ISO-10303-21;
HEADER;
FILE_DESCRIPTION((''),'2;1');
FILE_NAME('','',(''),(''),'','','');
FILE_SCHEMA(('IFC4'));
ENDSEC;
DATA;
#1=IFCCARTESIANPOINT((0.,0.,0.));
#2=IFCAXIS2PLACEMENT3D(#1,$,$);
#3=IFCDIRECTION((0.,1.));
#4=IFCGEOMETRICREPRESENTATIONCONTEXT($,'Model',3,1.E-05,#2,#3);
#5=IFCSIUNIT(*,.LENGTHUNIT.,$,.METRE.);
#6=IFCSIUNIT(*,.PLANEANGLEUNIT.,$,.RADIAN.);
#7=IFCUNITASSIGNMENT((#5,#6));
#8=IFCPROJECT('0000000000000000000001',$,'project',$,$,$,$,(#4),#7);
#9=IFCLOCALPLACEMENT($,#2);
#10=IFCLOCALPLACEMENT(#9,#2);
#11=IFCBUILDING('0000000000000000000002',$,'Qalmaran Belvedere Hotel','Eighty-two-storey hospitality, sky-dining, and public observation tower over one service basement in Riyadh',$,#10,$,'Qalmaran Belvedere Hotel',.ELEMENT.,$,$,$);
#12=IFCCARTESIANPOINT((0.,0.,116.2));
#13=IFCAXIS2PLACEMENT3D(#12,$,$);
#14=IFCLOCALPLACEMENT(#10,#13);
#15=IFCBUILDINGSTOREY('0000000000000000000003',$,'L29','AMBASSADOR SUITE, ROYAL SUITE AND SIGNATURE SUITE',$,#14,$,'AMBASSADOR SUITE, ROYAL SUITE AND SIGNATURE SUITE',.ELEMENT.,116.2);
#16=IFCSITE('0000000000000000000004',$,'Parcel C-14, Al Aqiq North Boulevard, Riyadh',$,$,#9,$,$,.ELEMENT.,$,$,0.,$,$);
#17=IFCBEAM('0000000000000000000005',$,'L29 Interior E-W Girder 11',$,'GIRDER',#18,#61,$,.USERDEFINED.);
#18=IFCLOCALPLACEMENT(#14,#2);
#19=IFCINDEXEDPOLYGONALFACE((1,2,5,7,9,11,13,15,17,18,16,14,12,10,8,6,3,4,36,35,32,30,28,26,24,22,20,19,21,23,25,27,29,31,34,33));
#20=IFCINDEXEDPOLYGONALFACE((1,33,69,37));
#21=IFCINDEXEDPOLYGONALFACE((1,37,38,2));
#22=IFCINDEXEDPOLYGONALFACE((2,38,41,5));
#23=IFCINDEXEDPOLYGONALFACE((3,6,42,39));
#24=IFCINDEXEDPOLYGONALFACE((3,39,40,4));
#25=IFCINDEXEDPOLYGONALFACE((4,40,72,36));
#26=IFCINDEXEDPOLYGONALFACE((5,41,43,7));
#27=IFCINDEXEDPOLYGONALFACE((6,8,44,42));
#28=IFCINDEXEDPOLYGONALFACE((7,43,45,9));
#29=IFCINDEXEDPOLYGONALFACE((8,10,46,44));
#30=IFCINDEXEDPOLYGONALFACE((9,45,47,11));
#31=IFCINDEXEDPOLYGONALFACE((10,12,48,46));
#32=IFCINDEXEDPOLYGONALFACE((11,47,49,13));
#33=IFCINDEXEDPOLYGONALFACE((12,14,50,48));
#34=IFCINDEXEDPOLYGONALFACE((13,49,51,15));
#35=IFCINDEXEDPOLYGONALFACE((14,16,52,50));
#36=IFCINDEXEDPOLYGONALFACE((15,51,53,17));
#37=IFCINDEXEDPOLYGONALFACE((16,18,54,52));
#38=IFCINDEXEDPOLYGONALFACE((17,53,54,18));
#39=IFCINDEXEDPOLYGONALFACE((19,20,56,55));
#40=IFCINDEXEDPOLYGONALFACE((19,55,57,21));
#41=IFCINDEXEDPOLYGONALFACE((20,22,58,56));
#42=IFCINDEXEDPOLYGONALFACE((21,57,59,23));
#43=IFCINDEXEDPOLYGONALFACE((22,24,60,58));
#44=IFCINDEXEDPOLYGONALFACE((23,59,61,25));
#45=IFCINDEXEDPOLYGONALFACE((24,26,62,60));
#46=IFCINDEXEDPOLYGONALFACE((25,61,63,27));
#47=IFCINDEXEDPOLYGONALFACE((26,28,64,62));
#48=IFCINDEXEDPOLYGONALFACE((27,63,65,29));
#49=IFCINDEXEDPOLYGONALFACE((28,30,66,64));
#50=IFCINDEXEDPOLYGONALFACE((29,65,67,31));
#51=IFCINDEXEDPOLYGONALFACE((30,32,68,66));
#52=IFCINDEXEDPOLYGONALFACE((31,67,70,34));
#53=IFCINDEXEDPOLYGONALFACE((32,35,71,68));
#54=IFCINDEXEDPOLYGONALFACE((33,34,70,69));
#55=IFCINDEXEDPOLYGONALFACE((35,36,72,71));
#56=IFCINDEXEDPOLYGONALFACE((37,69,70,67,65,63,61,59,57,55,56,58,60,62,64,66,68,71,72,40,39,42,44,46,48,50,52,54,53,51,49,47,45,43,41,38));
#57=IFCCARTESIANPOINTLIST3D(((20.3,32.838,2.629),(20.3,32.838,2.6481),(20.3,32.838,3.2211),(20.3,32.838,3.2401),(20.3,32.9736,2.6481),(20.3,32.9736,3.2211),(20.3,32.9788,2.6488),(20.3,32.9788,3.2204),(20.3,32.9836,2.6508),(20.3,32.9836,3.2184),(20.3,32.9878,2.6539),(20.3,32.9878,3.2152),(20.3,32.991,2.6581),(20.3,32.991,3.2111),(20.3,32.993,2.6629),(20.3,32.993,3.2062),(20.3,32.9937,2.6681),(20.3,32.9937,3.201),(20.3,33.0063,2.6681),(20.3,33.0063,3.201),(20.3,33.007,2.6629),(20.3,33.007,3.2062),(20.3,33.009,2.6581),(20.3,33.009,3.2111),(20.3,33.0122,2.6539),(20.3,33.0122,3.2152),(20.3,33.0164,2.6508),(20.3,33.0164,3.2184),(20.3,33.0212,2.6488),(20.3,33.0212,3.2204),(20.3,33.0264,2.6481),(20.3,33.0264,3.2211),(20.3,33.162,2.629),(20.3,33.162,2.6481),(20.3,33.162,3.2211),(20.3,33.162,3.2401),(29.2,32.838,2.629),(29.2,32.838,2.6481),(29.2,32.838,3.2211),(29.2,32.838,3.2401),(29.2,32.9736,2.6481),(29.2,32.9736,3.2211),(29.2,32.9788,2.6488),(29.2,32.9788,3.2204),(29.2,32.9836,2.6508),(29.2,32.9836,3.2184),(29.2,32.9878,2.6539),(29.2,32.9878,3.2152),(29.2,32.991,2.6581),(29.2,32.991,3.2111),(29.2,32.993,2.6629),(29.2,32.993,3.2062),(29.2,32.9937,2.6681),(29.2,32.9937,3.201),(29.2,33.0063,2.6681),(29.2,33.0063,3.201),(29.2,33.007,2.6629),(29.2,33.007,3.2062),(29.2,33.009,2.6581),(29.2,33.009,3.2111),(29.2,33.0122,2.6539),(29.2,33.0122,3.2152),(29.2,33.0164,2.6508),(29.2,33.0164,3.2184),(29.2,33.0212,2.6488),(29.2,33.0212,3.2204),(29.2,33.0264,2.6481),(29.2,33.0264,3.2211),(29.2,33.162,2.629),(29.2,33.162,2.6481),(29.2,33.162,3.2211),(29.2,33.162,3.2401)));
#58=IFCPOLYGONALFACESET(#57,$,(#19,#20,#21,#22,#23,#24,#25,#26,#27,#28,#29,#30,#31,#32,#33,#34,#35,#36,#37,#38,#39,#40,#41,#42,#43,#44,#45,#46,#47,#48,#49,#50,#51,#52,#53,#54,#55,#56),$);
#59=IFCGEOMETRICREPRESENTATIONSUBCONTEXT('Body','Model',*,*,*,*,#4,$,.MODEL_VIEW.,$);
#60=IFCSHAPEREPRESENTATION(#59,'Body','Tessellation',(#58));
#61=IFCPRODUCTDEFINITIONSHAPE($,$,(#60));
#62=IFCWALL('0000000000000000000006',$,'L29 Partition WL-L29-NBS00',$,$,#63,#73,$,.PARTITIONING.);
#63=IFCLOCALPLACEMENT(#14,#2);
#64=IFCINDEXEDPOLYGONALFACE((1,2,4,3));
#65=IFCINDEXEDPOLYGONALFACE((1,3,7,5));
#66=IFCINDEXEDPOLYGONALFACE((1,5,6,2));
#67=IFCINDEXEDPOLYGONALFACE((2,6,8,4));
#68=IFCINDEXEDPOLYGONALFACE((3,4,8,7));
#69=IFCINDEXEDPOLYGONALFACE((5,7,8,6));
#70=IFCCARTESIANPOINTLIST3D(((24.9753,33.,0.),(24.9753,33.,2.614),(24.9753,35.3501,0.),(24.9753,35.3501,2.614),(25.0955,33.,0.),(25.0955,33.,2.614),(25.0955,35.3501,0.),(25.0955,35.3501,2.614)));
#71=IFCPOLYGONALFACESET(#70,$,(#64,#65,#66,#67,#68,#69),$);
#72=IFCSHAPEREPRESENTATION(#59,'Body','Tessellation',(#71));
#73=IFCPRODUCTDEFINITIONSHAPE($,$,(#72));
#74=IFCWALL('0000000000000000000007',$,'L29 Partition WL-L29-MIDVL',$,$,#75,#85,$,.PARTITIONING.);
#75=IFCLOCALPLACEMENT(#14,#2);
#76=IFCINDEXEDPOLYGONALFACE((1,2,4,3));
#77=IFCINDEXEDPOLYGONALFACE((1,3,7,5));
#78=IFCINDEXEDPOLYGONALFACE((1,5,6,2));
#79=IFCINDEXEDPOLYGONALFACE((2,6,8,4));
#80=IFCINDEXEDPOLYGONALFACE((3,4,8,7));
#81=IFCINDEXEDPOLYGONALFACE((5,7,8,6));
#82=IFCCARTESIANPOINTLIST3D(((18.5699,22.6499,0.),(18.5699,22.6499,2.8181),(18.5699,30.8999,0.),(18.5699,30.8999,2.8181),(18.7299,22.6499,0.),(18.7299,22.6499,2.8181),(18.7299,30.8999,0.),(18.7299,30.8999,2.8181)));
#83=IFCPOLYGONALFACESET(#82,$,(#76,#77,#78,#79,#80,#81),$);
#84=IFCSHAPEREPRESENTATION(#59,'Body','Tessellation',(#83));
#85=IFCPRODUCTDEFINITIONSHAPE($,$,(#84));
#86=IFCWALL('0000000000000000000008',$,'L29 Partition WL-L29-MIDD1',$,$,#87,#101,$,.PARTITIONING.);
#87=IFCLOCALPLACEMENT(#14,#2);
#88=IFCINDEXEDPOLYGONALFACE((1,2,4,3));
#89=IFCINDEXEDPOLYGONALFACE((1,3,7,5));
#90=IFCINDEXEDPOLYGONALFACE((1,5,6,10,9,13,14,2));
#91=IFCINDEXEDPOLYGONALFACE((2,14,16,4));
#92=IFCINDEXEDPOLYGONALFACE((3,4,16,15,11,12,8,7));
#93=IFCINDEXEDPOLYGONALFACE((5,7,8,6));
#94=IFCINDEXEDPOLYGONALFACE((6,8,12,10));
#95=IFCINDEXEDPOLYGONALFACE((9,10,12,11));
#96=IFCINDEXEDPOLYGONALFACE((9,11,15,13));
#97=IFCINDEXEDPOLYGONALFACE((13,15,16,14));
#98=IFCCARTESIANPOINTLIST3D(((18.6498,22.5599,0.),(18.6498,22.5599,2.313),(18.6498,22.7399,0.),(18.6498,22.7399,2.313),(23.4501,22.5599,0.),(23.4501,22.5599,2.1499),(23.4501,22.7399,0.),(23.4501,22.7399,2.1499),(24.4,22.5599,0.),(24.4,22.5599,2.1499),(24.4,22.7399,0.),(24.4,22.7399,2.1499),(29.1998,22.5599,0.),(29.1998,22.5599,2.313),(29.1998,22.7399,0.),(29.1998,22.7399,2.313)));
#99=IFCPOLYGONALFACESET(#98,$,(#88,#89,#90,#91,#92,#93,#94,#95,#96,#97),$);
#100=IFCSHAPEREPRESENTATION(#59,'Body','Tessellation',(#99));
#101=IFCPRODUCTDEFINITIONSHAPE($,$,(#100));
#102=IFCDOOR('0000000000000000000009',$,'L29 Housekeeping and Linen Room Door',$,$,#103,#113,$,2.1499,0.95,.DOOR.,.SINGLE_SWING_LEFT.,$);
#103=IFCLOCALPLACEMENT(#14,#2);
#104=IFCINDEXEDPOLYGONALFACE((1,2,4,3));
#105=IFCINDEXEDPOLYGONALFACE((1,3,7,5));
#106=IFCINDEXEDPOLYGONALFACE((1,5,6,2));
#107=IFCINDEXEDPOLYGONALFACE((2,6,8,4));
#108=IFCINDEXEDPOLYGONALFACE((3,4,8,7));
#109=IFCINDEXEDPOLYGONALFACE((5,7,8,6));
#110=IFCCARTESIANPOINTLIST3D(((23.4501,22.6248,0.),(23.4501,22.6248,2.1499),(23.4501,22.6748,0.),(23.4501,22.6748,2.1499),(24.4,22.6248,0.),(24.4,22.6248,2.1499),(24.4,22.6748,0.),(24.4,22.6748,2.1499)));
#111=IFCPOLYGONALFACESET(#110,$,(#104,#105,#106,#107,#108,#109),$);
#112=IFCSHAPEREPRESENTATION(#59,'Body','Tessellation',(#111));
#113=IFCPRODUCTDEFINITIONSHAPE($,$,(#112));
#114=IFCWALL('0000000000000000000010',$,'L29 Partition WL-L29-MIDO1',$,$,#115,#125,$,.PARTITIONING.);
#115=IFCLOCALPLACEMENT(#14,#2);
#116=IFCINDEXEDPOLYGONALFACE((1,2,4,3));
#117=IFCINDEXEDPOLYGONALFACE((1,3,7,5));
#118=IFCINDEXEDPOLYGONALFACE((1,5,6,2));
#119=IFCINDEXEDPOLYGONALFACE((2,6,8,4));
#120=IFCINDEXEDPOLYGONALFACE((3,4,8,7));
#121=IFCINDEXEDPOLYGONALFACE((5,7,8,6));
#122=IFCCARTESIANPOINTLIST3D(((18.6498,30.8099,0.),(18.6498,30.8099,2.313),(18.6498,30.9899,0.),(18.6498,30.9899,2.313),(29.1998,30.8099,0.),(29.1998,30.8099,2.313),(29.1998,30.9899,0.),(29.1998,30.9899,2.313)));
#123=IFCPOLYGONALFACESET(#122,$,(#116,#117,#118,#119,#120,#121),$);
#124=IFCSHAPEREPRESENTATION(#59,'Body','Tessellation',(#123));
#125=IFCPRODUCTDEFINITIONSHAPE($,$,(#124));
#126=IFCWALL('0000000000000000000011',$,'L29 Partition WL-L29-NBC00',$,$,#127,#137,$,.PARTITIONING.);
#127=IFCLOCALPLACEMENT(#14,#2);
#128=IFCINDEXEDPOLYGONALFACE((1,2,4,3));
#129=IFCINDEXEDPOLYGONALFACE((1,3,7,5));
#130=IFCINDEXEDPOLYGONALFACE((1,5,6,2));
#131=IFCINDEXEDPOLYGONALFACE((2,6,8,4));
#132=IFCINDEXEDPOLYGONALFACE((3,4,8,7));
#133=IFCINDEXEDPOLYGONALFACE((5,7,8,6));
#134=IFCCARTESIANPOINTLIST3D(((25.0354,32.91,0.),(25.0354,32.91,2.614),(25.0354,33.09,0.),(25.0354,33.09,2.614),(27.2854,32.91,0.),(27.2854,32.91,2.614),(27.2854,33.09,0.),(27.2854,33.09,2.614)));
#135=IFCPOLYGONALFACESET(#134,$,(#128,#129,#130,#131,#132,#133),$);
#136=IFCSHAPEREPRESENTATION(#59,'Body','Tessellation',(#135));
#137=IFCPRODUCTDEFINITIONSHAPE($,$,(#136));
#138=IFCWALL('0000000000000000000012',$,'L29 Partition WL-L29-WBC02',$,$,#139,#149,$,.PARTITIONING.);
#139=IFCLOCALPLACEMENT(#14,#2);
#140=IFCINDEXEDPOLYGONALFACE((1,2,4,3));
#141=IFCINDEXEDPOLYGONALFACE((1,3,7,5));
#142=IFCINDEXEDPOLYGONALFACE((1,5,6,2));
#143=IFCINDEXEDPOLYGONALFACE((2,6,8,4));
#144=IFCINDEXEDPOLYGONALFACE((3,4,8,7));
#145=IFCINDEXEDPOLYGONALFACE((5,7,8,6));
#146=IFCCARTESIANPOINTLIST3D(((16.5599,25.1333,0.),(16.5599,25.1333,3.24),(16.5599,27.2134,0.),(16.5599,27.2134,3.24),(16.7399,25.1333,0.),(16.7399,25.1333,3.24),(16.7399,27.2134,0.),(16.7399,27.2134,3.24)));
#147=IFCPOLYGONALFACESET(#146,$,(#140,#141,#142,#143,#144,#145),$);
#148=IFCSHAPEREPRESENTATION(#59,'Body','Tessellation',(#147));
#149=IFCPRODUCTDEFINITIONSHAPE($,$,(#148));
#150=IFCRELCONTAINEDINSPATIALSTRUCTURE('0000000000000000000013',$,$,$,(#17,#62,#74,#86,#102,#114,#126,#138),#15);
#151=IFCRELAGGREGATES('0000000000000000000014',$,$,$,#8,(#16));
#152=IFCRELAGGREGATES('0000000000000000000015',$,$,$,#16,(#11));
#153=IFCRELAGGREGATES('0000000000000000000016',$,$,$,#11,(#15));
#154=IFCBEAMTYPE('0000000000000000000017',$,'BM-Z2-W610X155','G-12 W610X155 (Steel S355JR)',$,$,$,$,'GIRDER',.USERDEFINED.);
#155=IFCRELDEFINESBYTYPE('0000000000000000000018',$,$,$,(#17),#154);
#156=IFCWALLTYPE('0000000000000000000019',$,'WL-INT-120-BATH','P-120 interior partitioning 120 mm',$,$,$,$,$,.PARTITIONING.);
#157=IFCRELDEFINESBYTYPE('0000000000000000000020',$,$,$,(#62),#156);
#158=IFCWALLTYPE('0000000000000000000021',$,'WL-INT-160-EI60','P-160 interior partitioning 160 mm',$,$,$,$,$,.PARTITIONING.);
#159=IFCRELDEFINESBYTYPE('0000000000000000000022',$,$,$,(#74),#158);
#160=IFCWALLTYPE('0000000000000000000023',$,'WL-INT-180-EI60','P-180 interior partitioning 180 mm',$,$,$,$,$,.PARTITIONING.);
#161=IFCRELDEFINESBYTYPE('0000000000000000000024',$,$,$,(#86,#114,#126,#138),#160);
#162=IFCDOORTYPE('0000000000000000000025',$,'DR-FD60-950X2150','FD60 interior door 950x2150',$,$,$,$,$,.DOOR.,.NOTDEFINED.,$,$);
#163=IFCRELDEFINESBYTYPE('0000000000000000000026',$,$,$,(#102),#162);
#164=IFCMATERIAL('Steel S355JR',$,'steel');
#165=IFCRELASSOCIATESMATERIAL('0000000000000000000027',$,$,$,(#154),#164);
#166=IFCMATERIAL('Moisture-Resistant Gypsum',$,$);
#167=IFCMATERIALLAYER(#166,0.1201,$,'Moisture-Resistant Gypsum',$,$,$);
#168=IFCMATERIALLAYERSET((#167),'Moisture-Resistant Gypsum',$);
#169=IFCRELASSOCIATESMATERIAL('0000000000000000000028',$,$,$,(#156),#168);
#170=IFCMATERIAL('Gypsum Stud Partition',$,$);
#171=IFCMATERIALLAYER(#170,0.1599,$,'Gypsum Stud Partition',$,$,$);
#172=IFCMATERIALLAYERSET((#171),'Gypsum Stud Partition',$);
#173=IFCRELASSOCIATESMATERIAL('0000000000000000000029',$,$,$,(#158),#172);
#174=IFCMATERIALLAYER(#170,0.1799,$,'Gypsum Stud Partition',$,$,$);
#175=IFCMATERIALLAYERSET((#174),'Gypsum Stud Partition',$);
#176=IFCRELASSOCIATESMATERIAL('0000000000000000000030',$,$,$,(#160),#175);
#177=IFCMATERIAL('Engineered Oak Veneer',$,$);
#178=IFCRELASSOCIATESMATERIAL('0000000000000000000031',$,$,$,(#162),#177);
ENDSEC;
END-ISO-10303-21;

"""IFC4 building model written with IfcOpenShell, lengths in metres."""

from ifc_helpers import new_model, si_unit, direction, frame, frame_2d, origin, origin_2d, place, context, subcontext, project, spatial, rectangle, i_section, extrude, material, layer, layer_set, material_profile, profile_set, type_object, element, fill, save


model = new_model("IFC4")

# Units and contexts
model_context = context("Model", 3, precision=1e-05, world=origin(), true_north=direction((0.0, 1.0)))
body_context = subcontext(model_context, "Body", "Model", "MODEL_VIEW")
ifc_project = project(units=[si_unit("LENGTHUNIT", "METRE"), si_unit("PLANEANGLEUNIT", "RADIAN")], contexts=[model_context])

# Site, building, storey
site_placement = place(None, origin())
site = spatial("IfcSite", under=ifc_project, at=site_placement, Name="Parcel C-14, Al Aqiq North Boulevard, Riyadh", CompositionType="ELEMENT", RefElevation=0.0)
building_placement = place(site_placement, origin())
building = spatial("IfcBuilding", under=site, at=building_placement, Name="Qalmaran Belvedere Hotel", Description="Eighty-two-storey hospitality, sky-dining, and public observation tower over one service basement in Riyadh", LongName="Qalmaran Belvedere Hotel", CompositionType="ELEMENT")
storey_placement = place(building_placement, frame((0.0, 0.0, 116.2)))
storey = spatial("IfcBuildingStorey", under=building, at=storey_placement, Name="L29", Description="AMBASSADOR SUITE, ROYAL SUITE AND SIGNATURE SUITE", LongName="AMBASSADOR SUITE, ROYAL SUITE AND SIGNATURE SUITE", CompositionType="ELEMENT", Elevation=116.2)

# Beam
ifc_material_1 = material(Name="Steel S355JR", Category="steel")
ifc_material_profile_1 = material_profile(ifc_material_1, i_section(OverallWidth=0.324, OverallDepth=0.6111, WebThickness=0.0127, FlangeThickness=0.019, FilletRadius=0.02, at=origin_2d()), Name="W610X155")
ifc_profile_set_1 = profile_set([ifc_material_profile_1], Name="Steel S355JR")
beam_type_1 = type_object("IfcBeamType", Name="BM-Z2-W610X155", Description="G-12 W610X155 (Steel S355JR)", ElementType="GIRDER", PredefinedType="USERDEFINED", material=ifc_profile_set_1)
beam_1_placement = place(storey_placement, frame((20.3, 33.0, 2.9346), z_axis=(1.0, 0.0, 0.0), x_axis=(0.0, 1.0, 0.0)))
element("IfcBeam", 1, at=beam_1_placement, inside=storey, type_object=beam_type_1, Name="L29 Interior E-W Girder 11", ObjectType="GIRDER", PredefinedType="USERDEFINED", context=body_context, shape_type="SweptSolid", body=[
    extrude(i_section(OverallWidth=0.324, OverallDepth=0.6111, WebThickness=0.0127, FlangeThickness=0.019, FilletRadius=0.02, at=origin_2d()), origin(), (0.0, 0.0, 1.0), 8.8999),
])

# Wall
ifc_material_2 = material(Name="Moisture-Resistant Gypsum")
ifc_layer_1 = layer(ifc_material_2, 0.1201, Name="Moisture-Resistant Gypsum")
ifc_layer_set_1 = layer_set([ifc_layer_1], Name="Moisture-Resistant Gypsum")
wall_type_1 = type_object("IfcWallType", Name="WL-INT-120-BATH", Description="P-120 interior partitioning 120 mm", PredefinedType="PARTITIONING", material=ifc_layer_set_1)
wall_1_placement = place(storey_placement, frame((25.0354, 33.0, 0.0), z_axis=(0.0, 0.0, 1.0), x_axis=(0.0, 1.0, 0.0)))
element("IfcWall", 2, at=wall_1_placement, inside=storey, type_object=wall_type_1, Name="L29 Partition WL-L29-NBS00", PredefinedType="PARTITIONING", context=body_context, shape_type="SweptSolid", body=[
    extrude(rectangle(XDim=2.3501, YDim=0.1201, at=frame_2d((1.175, 0.0))), origin(), (0.0, 0.0, 1.0), 2.614),
])

# Shared definitions
ifc_material_3 = material(Name="Gypsum Stud Partition")

# Wall
ifc_layer_2 = layer(ifc_material_3, 0.1599, Name="Gypsum Stud Partition")
ifc_layer_set_2 = layer_set([ifc_layer_2], Name="Gypsum Stud Partition")
wall_type_2 = type_object("IfcWallType", Name="WL-INT-160-EI60", Description="P-160 interior partitioning 160 mm", PredefinedType="PARTITIONING", material=ifc_layer_set_2)
wall_2_placement = place(storey_placement, frame((18.6499, 22.6499, 0.0), z_axis=(0.0, 0.0, 1.0), x_axis=(0.0, 1.0, 0.0)))
element("IfcWall", 3, at=wall_2_placement, inside=storey, type_object=wall_type_2, Name="L29 Partition WL-L29-MIDVL", PredefinedType="PARTITIONING", context=body_context, shape_type="SweptSolid", body=[
    extrude(rectangle(XDim=8.25, YDim=0.1599, at=frame_2d((4.125, 0.0))), origin(), (0.0, 0.0, 1.0), 2.8181),
])

# Wall, opening, door
ifc_layer_3 = layer(ifc_material_3, 0.1799, Name="Gypsum Stud Partition")
ifc_layer_set_3 = layer_set([ifc_layer_3], Name="Gypsum Stud Partition")
wall_type_3 = type_object("IfcWallType", Name="WL-INT-180-EI60", Description="P-180 interior partitioning 180 mm", PredefinedType="PARTITIONING", material=ifc_layer_set_3)
wall_3_placement = place(storey_placement, frame((18.6499, 22.6499, 0.0), z_axis=(0.0, 0.0, 1.0), x_axis=(1.0, 0.0, 0.0)))
wall_3 = element("IfcWall", 4, at=wall_3_placement, inside=storey, type_object=wall_type_3, Name="L29 Partition WL-L29-MIDD1", PredefinedType="PARTITIONING", context=body_context, shape_type="SweptSolid", body=[
    extrude(rectangle(XDim=10.55, YDim=0.1799, at=frame_2d((5.2749, 0.0))), origin(), (0.0, 0.0, 1.0), 2.313),
])
opening_1_placement = place(wall_3_placement, frame((4.8, 0.0, 0.0)))
opening_1 = element("IfcOpeningElement", 5, at=opening_1_placement, cuts=wall_3, PredefinedType="OPENING", context=body_context, shape_type="SweptSolid", body=[
    extrude(rectangle(XDim=0.95, YDim=2.1499, at=frame_2d((0.4751, 1.075))), frame((0.0, 0.1001, 0.0), z_axis=(0.0, -1.0, 0.0), x_axis=(1.0, 0.0, 0.0)), (0.0, 0.0, 1.0), 0.2),
])
ifc_material_4 = material(Name="Engineered Oak Veneer")
door_type_1 = type_object("IfcDoorType", Name="DR-FD60-950X2150", Description="FD60 interior door 950x2150", OperationType="NOTDEFINED", PredefinedType="DOOR", material=ifc_material_4)
door_1_placement = place(opening_1_placement, origin())
door_1 = element("IfcDoor", 6, at=door_1_placement, inside=storey, type_object=door_type_1, Name="L29 Housekeeping and Linen Room Door", OperationType="SINGLE_SWING_LEFT", OverallHeight=2.1499, OverallWidth=0.95, PredefinedType="DOOR", context=body_context, shape_type="SweptSolid", body=[
    extrude(rectangle(XDim=0.95, YDim=2.1499, at=frame_2d((0.4751, 1.075))), frame((0.0, 0.0249, 0.0), z_axis=(0.0, -1.0, 0.0), x_axis=(1.0, 0.0, 0.0)), (0.0, 0.0, 1.0), 0.05),
])
fill(opening_1, door_1)

# Walls
wall_4_placement = place(storey_placement, frame((18.6499, 30.8999, 0.0), z_axis=(0.0, 0.0, 1.0), x_axis=(1.0, 0.0, 0.0)))
element("IfcWall", 7, at=wall_4_placement, inside=storey, type_object=wall_type_3, Name="L29 Partition WL-L29-MIDO1", PredefinedType="PARTITIONING", context=body_context, shape_type="SweptSolid", body=[
    extrude(rectangle(XDim=10.55, YDim=0.1799, at=frame_2d((5.2749, 0.0))), origin(), (0.0, 0.0, 1.0), 2.313),
])
wall_5_placement = place(storey_placement, frame((25.0354, 33.0, 0.0), z_axis=(0.0, 0.0, 1.0), x_axis=(1.0, 0.0, 0.0)))
element("IfcWall", 8, at=wall_5_placement, inside=storey, type_object=wall_type_3, Name="L29 Partition WL-L29-NBC00", PredefinedType="PARTITIONING", context=body_context, shape_type="SweptSolid", body=[
    extrude(rectangle(XDim=2.25, YDim=0.1799, at=frame_2d((1.125, 0.0))), origin(), (0.0, 0.0, 1.0), 2.614),
])

# Wall
wall_6_placement = place(storey_placement, frame((16.6499, 25.1333, 0.0), z_axis=(0.0, 0.0, 1.0), x_axis=(0.0, 1.0, 0.0)))
element("IfcWall", 9, at=wall_6_placement, inside=storey, type_object=wall_type_3, Name="L29 Partition WL-L29-WBC02", PredefinedType="PARTITIONING", context=body_context, shape_type="SweptSolid", body=[
    extrude(rectangle(XDim=2.0801, YDim=0.1799, at=frame_2d((1.04, 0.0))), origin(), (0.0, 0.0, 1.0), 3.24),
])

save(model, "model.ifc")
